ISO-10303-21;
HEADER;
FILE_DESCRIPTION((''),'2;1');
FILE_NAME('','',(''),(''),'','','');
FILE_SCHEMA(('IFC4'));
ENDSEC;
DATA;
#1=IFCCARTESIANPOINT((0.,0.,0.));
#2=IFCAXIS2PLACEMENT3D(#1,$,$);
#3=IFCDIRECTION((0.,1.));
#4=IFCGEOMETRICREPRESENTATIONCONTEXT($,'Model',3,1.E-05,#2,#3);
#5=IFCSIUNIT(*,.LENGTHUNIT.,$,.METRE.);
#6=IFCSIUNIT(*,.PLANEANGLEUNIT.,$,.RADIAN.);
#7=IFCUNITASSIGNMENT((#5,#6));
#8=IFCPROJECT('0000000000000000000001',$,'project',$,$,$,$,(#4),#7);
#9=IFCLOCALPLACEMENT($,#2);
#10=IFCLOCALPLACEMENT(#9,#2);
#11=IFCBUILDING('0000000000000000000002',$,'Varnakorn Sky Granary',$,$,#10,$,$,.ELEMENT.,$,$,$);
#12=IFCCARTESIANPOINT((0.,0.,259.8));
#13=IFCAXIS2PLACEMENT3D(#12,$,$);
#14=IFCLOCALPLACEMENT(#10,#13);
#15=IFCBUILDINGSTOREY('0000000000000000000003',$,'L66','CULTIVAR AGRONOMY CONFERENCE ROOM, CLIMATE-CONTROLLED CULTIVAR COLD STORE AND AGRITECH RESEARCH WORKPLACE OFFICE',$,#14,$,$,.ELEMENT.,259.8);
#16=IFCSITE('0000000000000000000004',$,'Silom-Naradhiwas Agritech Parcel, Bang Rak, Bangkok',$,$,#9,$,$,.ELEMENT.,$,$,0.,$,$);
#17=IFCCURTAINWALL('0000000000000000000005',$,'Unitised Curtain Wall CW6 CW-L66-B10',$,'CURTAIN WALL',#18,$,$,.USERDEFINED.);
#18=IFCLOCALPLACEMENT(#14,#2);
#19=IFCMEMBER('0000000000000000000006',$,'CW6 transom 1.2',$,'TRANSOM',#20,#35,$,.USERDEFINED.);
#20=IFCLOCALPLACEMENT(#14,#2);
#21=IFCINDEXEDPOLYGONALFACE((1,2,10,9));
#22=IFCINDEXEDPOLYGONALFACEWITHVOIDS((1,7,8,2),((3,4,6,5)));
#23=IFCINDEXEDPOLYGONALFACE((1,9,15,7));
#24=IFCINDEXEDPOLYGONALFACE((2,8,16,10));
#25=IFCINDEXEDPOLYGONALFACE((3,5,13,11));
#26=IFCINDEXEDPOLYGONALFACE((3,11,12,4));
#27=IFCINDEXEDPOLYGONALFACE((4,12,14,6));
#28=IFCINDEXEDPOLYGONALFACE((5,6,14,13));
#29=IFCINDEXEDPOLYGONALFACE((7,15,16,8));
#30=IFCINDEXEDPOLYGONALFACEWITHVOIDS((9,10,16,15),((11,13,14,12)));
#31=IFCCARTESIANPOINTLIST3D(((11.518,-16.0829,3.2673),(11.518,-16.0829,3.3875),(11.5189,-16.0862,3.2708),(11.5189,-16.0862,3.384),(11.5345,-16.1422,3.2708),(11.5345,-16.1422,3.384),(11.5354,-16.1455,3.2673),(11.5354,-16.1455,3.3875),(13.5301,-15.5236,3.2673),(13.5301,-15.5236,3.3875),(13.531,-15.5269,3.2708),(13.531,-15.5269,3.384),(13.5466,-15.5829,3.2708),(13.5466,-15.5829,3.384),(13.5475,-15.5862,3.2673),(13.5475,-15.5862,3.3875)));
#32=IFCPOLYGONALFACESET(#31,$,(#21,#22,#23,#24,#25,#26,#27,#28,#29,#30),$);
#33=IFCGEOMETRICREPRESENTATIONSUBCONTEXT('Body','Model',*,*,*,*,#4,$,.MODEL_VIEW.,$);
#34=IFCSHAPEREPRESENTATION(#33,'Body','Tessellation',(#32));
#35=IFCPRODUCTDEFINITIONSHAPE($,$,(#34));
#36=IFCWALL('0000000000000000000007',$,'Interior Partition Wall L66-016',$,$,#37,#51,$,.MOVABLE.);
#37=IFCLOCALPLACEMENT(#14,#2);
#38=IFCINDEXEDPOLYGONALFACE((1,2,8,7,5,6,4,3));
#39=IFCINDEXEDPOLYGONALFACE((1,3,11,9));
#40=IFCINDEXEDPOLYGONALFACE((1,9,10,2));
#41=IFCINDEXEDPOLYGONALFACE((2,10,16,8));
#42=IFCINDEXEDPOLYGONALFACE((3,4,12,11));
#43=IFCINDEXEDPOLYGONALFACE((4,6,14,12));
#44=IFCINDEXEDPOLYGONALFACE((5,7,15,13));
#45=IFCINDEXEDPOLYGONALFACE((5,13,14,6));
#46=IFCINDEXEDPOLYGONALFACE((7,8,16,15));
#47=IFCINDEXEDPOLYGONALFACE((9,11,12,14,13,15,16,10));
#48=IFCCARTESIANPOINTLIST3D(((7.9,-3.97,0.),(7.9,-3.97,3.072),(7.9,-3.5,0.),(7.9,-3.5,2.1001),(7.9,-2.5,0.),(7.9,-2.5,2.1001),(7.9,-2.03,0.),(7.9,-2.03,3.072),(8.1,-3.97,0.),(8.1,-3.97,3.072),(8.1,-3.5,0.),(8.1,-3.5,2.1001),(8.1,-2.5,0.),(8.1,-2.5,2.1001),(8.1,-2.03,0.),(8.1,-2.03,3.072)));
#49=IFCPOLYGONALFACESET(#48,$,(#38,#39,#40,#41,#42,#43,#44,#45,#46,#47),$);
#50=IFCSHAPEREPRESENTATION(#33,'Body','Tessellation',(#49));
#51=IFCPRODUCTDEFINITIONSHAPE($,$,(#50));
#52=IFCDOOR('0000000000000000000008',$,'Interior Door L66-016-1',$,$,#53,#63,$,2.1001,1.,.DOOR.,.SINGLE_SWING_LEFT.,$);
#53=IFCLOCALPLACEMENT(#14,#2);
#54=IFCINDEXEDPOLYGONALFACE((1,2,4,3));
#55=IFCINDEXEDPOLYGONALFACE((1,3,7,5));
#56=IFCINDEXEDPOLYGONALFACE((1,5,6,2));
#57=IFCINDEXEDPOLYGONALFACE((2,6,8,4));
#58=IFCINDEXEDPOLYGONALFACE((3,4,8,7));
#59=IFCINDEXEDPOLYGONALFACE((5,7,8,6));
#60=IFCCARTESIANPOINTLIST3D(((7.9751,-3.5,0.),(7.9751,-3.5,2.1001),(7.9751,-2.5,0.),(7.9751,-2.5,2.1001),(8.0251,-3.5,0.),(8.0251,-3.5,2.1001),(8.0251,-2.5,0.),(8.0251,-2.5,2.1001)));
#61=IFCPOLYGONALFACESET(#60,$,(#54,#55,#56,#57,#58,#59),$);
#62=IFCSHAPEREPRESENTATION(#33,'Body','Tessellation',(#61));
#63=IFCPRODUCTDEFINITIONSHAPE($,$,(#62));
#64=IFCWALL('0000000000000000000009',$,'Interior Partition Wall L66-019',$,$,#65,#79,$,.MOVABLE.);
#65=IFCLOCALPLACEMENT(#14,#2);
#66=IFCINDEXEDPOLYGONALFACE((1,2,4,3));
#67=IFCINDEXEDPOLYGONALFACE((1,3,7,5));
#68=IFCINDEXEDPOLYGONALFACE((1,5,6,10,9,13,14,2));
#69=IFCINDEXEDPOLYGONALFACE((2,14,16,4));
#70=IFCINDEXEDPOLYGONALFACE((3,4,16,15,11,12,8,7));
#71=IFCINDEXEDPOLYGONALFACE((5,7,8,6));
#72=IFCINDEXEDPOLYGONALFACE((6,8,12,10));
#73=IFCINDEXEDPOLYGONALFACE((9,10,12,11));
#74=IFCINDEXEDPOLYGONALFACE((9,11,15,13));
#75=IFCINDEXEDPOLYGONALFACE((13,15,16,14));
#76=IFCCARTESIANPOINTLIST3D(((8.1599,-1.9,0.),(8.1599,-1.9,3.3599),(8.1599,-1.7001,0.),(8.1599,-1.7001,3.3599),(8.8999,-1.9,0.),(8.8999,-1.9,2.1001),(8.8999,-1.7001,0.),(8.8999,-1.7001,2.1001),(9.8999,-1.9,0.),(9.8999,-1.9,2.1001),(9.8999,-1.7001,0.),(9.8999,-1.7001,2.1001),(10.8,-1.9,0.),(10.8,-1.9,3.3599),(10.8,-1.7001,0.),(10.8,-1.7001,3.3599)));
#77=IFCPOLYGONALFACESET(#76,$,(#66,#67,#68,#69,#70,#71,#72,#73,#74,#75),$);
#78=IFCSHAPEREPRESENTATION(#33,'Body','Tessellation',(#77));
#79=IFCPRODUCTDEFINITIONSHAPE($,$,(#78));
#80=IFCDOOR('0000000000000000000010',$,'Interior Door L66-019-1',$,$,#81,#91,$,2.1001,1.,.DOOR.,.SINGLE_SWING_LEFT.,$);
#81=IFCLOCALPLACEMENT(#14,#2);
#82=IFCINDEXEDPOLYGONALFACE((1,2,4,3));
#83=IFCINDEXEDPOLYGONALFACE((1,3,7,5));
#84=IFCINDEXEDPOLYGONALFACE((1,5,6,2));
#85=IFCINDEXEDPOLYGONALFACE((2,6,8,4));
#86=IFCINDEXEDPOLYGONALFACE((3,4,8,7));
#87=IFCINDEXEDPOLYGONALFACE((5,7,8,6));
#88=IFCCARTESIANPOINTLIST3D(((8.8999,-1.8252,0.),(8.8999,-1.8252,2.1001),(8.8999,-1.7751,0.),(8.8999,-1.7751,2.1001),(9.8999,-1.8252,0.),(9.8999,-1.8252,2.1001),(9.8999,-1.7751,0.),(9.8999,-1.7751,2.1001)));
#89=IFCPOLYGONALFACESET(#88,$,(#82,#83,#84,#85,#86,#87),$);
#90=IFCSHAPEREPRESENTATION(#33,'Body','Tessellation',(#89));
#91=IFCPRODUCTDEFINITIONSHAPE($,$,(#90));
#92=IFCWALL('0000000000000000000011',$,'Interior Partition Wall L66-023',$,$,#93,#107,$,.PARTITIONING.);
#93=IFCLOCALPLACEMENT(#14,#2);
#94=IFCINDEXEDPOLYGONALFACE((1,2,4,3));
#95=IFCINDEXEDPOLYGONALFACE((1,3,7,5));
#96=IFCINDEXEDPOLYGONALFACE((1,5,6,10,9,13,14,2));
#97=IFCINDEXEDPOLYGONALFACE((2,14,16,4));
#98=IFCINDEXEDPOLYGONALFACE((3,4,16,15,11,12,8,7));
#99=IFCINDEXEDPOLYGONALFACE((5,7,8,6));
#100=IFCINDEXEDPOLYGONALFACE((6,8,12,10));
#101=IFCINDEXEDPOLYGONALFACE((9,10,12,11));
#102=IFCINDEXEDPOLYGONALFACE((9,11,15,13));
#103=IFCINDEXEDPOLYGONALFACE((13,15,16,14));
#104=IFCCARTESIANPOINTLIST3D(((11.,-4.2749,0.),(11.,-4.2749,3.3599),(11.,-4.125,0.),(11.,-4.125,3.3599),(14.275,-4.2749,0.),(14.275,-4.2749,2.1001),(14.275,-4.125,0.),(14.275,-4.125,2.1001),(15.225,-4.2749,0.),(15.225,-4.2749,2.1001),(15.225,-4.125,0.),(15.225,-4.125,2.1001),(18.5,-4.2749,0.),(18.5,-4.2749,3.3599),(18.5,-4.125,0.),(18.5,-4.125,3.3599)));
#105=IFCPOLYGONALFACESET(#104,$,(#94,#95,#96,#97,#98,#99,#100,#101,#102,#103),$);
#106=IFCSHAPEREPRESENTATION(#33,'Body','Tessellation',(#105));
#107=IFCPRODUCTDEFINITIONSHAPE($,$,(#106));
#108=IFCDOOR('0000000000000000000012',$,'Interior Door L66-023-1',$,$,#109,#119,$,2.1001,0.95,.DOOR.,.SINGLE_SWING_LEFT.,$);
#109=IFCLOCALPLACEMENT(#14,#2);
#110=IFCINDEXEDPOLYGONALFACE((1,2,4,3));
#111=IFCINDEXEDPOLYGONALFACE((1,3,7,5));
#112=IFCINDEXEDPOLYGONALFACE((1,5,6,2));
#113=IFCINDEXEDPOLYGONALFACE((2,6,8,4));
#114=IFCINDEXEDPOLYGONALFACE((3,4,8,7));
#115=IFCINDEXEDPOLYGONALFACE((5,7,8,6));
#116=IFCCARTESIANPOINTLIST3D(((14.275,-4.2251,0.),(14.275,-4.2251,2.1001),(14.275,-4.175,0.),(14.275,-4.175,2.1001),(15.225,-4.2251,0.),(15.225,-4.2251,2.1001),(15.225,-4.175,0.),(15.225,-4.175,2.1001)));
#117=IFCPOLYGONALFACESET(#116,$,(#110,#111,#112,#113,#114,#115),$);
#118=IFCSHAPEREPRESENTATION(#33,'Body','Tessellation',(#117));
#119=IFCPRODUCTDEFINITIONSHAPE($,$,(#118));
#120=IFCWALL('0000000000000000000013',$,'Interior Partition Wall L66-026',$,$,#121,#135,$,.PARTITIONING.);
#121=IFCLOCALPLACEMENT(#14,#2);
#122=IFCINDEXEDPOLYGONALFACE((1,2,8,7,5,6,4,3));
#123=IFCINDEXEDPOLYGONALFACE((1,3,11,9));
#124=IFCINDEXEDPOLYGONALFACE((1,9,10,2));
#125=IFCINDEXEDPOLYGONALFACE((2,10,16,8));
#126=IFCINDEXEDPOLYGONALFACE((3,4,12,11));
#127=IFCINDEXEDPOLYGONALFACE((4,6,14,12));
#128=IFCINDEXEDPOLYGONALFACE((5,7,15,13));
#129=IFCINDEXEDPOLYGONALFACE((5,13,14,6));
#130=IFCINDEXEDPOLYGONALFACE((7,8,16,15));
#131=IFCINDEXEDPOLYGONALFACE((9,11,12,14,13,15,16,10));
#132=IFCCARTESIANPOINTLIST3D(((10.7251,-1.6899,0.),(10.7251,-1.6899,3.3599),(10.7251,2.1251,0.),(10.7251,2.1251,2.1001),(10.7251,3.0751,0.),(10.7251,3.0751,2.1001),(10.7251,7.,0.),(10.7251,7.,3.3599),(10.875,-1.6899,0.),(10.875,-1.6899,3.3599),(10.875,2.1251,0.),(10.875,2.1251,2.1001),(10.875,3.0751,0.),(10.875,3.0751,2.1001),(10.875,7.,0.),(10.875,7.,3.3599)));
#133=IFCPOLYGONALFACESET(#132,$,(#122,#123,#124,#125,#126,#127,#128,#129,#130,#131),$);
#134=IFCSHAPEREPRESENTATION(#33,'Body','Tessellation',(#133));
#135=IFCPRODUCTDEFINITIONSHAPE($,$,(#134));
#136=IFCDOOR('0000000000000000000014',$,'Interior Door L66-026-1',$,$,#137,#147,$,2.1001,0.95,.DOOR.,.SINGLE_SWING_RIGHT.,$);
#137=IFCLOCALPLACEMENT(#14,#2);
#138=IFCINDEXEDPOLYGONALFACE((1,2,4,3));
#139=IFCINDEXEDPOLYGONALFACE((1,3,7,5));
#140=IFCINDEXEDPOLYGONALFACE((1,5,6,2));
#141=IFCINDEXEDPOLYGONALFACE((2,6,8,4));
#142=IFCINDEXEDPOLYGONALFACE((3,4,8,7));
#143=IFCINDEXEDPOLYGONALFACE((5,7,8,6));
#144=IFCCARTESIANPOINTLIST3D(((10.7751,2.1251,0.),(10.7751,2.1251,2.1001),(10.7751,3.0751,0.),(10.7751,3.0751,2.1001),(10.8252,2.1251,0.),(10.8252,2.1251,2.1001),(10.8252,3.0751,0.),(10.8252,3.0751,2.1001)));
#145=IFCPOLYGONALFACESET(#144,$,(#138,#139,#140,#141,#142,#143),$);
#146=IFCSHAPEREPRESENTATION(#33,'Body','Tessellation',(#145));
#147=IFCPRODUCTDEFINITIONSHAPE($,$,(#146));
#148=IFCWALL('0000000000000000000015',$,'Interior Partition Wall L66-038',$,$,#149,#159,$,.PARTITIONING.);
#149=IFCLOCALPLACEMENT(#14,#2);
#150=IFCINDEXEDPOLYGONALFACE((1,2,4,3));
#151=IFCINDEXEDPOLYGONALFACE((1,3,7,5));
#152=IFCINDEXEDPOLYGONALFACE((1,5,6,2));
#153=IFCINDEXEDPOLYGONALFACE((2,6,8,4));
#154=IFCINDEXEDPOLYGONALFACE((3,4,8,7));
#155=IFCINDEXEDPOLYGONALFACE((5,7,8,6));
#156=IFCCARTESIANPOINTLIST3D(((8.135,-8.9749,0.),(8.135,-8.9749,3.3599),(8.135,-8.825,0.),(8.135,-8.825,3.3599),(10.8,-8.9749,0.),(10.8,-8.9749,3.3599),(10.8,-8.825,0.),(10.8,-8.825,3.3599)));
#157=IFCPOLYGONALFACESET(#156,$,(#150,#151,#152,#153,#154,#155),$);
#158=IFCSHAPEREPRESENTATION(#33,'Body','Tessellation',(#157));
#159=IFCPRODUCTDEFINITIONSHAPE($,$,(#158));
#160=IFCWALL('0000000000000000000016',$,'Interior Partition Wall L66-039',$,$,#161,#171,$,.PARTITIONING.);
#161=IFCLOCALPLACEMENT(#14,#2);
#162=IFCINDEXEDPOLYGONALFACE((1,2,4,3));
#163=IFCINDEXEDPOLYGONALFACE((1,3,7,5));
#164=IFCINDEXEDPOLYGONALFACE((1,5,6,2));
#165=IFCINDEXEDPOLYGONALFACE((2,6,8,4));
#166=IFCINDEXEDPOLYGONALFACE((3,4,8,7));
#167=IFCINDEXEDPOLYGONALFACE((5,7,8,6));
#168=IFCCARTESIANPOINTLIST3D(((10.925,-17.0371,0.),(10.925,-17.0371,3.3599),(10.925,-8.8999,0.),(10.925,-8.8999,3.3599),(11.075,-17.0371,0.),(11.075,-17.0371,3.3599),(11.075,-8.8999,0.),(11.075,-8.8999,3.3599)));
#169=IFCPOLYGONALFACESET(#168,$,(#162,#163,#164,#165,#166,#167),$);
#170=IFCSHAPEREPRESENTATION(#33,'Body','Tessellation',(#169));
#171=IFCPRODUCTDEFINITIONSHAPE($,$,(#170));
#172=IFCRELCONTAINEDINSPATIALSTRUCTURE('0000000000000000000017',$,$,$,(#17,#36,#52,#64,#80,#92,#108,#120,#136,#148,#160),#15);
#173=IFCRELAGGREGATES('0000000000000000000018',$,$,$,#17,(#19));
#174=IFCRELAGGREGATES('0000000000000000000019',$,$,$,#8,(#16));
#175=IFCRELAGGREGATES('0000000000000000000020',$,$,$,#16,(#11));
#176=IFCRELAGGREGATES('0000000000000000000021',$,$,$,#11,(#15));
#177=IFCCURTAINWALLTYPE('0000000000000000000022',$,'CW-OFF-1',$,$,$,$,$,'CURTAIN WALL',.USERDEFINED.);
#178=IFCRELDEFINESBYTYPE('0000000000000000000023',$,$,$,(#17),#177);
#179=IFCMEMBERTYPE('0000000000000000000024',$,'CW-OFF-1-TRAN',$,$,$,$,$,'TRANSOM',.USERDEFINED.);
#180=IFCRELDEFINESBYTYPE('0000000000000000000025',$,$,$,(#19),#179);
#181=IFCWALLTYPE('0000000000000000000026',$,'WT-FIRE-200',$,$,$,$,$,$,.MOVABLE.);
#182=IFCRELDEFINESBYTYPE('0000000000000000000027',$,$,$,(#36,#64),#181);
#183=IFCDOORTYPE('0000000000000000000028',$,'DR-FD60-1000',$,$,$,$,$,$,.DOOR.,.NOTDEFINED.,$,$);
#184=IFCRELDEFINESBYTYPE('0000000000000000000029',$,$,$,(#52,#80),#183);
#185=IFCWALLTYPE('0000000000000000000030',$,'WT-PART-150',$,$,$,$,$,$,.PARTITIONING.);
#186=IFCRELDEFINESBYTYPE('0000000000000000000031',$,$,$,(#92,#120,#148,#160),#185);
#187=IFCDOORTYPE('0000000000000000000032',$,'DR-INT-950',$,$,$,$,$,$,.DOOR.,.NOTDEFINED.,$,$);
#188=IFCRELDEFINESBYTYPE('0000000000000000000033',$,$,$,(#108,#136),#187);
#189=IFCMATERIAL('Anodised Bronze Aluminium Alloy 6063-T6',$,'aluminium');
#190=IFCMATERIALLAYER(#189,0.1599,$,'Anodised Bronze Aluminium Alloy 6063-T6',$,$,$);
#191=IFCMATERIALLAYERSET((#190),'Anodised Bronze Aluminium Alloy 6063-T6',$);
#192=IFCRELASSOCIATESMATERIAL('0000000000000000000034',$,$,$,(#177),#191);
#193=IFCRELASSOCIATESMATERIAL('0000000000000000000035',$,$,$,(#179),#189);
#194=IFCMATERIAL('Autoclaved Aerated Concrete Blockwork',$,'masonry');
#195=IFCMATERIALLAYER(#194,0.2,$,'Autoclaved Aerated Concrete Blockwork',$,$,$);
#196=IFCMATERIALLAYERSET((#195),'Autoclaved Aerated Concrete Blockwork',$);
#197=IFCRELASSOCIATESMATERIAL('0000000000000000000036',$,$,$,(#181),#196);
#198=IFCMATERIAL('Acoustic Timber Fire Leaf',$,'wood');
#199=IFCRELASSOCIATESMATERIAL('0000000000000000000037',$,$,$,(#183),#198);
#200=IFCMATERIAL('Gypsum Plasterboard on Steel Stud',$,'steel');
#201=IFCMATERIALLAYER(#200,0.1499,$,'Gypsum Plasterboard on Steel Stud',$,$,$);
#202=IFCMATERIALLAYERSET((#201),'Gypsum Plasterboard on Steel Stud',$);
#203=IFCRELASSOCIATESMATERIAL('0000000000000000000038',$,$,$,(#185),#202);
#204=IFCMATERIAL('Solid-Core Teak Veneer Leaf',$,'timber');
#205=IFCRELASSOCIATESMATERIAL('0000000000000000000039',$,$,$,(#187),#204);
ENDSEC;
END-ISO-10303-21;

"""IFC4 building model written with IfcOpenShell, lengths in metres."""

from ifc_helpers import new_model, si_unit, direction, frame, frame_2d, origin, origin_2d, place, context, subcontext, project, spatial, rectangle, hollow_rectangle, extrude, material, layer, layer_set, material_profile, profile_set, type_object, element, fill, aggregate, save


model = new_model("IFC4")

# Units and contexts
model_context = context("Model", 3, precision=1e-05, world=origin(), true_north=direction((0.0, 1.0)))
body_context = subcontext(model_context, "Body", "Model", "MODEL_VIEW")
ifc_project = project(units=[si_unit("LENGTHUNIT", "METRE"), si_unit("PLANEANGLEUNIT", "RADIAN")], contexts=[model_context])

# Site, building, storey
site_placement = place(None, origin())
site = spatial("IfcSite", under=ifc_project, at=site_placement, Name="Silom-Naradhiwas Agritech Parcel, Bang Rak, Bangkok", CompositionType="ELEMENT", RefElevation=0.0)
building_placement = place(site_placement, origin())
building = spatial("IfcBuilding", under=site, at=building_placement, Name="Varnakorn Sky Granary", CompositionType="ELEMENT")
storey_placement = place(building_placement, frame((0.0, 0.0, 259.8)))
storey = spatial("IfcBuildingStorey", under=building, at=storey_placement, Name="L66", Description="CULTIVAR AGRONOMY CONFERENCE ROOM, CLIMATE-CONTROLLED CULTIVAR COLD STORE AND AGRITECH RESEARCH WORKPLACE OFFICE", CompositionType="ELEMENT", Elevation=259.8)

# Curtain wall, member
ifc_material_1 = material(Name="Anodised Bronze Aluminium Alloy 6063-T6", Category="aluminium")
ifc_layer_1 = layer(ifc_material_1, 0.1599, Name="Anodised Bronze Aluminium Alloy 6063-T6")
ifc_layer_set_1 = layer_set([ifc_layer_1], Name="Anodised Bronze Aluminium Alloy 6063-T6")
curtain_wall_type = type_object("IfcCurtainWallType", Name="CW-OFF-1", ElementType="CURTAIN WALL", PredefinedType="USERDEFINED", material=ifc_layer_set_1)
curtain_wall_placement = place(storey_placement, origin())
curtain_wall = element("IfcCurtainWall", 1, at=curtain_wall_placement, inside=storey, type_object=curtain_wall_type, Name="Unitised Curtain Wall CW6 CW-L66-B10", ObjectType="CURTAIN WALL", PredefinedType="USERDEFINED")
ifc_material_profile_1 = material_profile(ifc_material_1, hollow_rectangle(XDim=0.0649, YDim=0.1201, WallThickness=0.0034, at=origin_2d()), Name="ALU TRAN 65x120")
ifc_profile_set_1 = profile_set([ifc_material_profile_1], Name="Anodised Bronze Aluminium Alloy 6063-T6")
member_type = type_object("IfcMemberType", Name="CW-OFF-1-TRAN", ElementType="TRANSOM", PredefinedType="USERDEFINED", material=ifc_profile_set_1)
member_1_placement = place(storey_placement, frame((13.5388, -15.5549, 3.3274), z_axis=(-0.963471, -0.267813, 0.0), x_axis=(0.267813, -0.963471, 0.0)))
member_1 = element("IfcMember", 2, at=member_1_placement, type_object=member_type, Name="CW6 transom 1.2", ObjectType="TRANSOM", PredefinedType="USERDEFINED", context=body_context, shape_type="SweptSolid", body=[
    extrude(hollow_rectangle(XDim=0.0649, YDim=0.1201, WallThickness=0.0034, at=origin_2d()), origin(), (0.0, 0.0, 1.0), 2.0884),
])
aggregate(curtain_wall, [member_1])

# Walls, openings, doors
ifc_material_2 = material(Name="Autoclaved Aerated Concrete Blockwork", Category="masonry")
ifc_layer_2 = layer(ifc_material_2, 0.2, Name="Autoclaved Aerated Concrete Blockwork")
ifc_layer_set_2 = layer_set([ifc_layer_2], Name="Autoclaved Aerated Concrete Blockwork")
wall_type_1 = type_object("IfcWallType", Name="WT-FIRE-200", PredefinedType="MOVABLE", material=ifc_layer_set_2)
wall_1_placement = place(storey_placement, frame((8.0, -3.97, 0.0), z_axis=(0.0, 0.0, 1.0), x_axis=(0.0, 1.0, 0.0)))
wall_1 = element("IfcWall", 3, at=wall_1_placement, inside=storey, type_object=wall_type_1, Name="Interior Partition Wall L66-016", PredefinedType="MOVABLE", context=body_context, shape_type="SweptSolid", body=[
    extrude(rectangle(XDim=1.9399, YDim=0.2, at=frame_2d((0.97, 0.0))), origin(), (0.0, 0.0, 1.0), 3.072),
])
opening_1_placement = place(wall_1_placement, frame((0.47, 0.0, 0.0)))
opening_1 = element("IfcOpeningElement", 4, at=opening_1_placement, cuts=wall_1, PredefinedType="OPENING", context=body_context, shape_type="SweptSolid", body=[
    extrude(rectangle(XDim=1.0, YDim=2.1001, at=frame_2d((0.5, 1.05))), frame((0.0, 0.1099, 0.0), z_axis=(0.0, -1.0, 0.0), x_axis=(1.0, 0.0, 0.0)), (0.0, 0.0, 1.0), 0.22),
])
ifc_material_3 = material(Name="Acoustic Timber Fire Leaf", Category="wood")
door_type_1 = type_object("IfcDoorType", Name="DR-FD60-1000", OperationType="NOTDEFINED", PredefinedType="DOOR", material=ifc_material_3)
door_1_placement = place(opening_1_placement, origin())
door_1 = element("IfcDoor", 5, at=door_1_placement, inside=storey, type_object=door_type_1, Name="Interior Door L66-016-1", OperationType="SINGLE_SWING_LEFT", OverallHeight=2.1001, OverallWidth=1.0, PredefinedType="DOOR", context=body_context, shape_type="SweptSolid", body=[
    extrude(rectangle(XDim=1.0, YDim=2.1001, at=frame_2d((0.5, 1.05))), frame((0.0, 0.0249, 0.0), z_axis=(0.0, -1.0, 0.0), x_axis=(1.0, 0.0, 0.0)), (0.0, 0.0, 1.0), 0.05),
])
fill(opening_1, door_1)
wall_2_placement = place(storey_placement, frame((8.1599, -1.8, 0.0), z_axis=(0.0, 0.0, 1.0), x_axis=(1.0, 0.0, 0.0)))
wall_2 = element("IfcWall", 6, at=wall_2_placement, inside=storey, type_object=wall_type_1, Name="Interior Partition Wall L66-019", PredefinedType="MOVABLE", context=body_context, shape_type="SweptSolid", body=[
    extrude(rectangle(XDim=2.6401, YDim=0.2, at=frame_2d((1.3201, 0.0))), origin(), (0.0, 0.0, 1.0), 3.3599),
])
opening_2_placement = place(wall_2_placement, frame((0.74, 0.0, 0.0)))
opening_2 = element("IfcOpeningElement", 7, at=opening_2_placement, cuts=wall_2, PredefinedType="OPENING", context=body_context, shape_type="SweptSolid", body=[
    extrude(rectangle(XDim=1.0, YDim=2.1001, at=frame_2d((0.5, 1.05))), frame((0.0, 0.1099, 0.0), z_axis=(0.0, -1.0, 0.0), x_axis=(1.0, 0.0, 0.0)), (0.0, 0.0, 1.0), 0.22),
])
door_2_placement = place(opening_2_placement, origin())
door_2 = element("IfcDoor", 8, at=door_2_placement, inside=storey, type_object=door_type_1, Name="Interior Door L66-019-1", OperationType="SINGLE_SWING_LEFT", OverallHeight=2.1001, OverallWidth=1.0, PredefinedType="DOOR", context=body_context, shape_type="SweptSolid", body=[
    extrude(rectangle(XDim=1.0, YDim=2.1001, at=frame_2d((0.5, 1.05))), frame((0.0, 0.0249, 0.0), z_axis=(0.0, -1.0, 0.0), x_axis=(1.0, 0.0, 0.0)), (0.0, 0.0, 1.0), 0.05),
])
fill(opening_2, door_2)
ifc_material_4 = material(Name="Gypsum Plasterboard on Steel Stud", Category="steel")
ifc_layer_3 = layer(ifc_material_4, 0.1499, Name="Gypsum Plasterboard on Steel Stud")
ifc_layer_set_3 = layer_set([ifc_layer_3], Name="Gypsum Plasterboard on Steel Stud")
wall_type_2 = type_object("IfcWallType", Name="WT-PART-150", PredefinedType="PARTITIONING", material=ifc_layer_set_3)
wall_3_placement = place(storey_placement, frame((11.0, -4.2, 0.0), z_axis=(0.0, 0.0, 1.0), x_axis=(1.0, 0.0, 0.0)))
wall_3 = element("IfcWall", 9, at=wall_3_placement, inside=storey, type_object=wall_type_2, Name="Interior Partition Wall L66-023", PredefinedType="PARTITIONING", context=body_context, shape_type="SweptSolid", body=[
    extrude(rectangle(XDim=7.5, YDim=0.1499, at=frame_2d((3.75, 0.0))), origin(), (0.0, 0.0, 1.0), 3.3599),
])
opening_3_placement = place(wall_3_placement, frame((3.2749, 0.0, 0.0)))
opening_3 = element("IfcOpeningElement", 10, at=opening_3_placement, cuts=wall_3, PredefinedType="OPENING", context=body_context, shape_type="SweptSolid", body=[
    extrude(rectangle(XDim=0.95, YDim=2.1001, at=frame_2d((0.4751, 1.05))), frame((0.0, 0.085, 0.0), z_axis=(0.0, -1.0, 0.0), x_axis=(1.0, 0.0, 0.0)), (0.0, 0.0, 1.0), 0.1699),
])
ifc_material_5 = material(Name="Solid-Core Teak Veneer Leaf", Category="timber")
door_type_2 = type_object("IfcDoorType", Name="DR-INT-950", OperationType="NOTDEFINED", PredefinedType="DOOR", material=ifc_material_5)
door_3_placement = place(opening_3_placement, origin())
door_3 = element("IfcDoor", 11, at=door_3_placement, inside=storey, type_object=door_type_2, Name="Interior Door L66-023-1", OperationType="SINGLE_SWING_LEFT", OverallHeight=2.1001, OverallWidth=0.95, PredefinedType="DOOR", context=body_context, shape_type="SweptSolid", body=[
    extrude(rectangle(XDim=0.95, YDim=2.1001, at=frame_2d((0.4751, 1.05))), frame((0.0, 0.0249, 0.0), z_axis=(0.0, -1.0, 0.0), x_axis=(1.0, 0.0, 0.0)), (0.0, 0.0, 1.0), 0.05),
])
fill(opening_3, door_3)
wall_4_placement = place(storey_placement, frame((10.8, -1.6899, 0.0), z_axis=(0.0, 0.0, 1.0), x_axis=(0.0, 1.0, 0.0)))
wall_4 = element("IfcWall", 12, at=wall_4_placement, inside=storey, type_object=wall_type_2, Name="Interior Partition Wall L66-026", PredefinedType="PARTITIONING", context=body_context, shape_type="SweptSolid", body=[
    extrude(rectangle(XDim=8.6899, YDim=0.1499, at=frame_2d((4.345, 0.0))), origin(), (0.0, 0.0, 1.0), 3.3599),
])
opening_4_placement = place(wall_4_placement, frame((3.8149, 0.0, 0.0)))
opening_4 = element("IfcOpeningElement", 13, at=opening_4_placement, cuts=wall_4, PredefinedType="OPENING", context=body_context, shape_type="SweptSolid", body=[
    extrude(rectangle(XDim=0.95, YDim=2.1001, at=frame_2d((0.4751, 1.05))), frame((0.0, 0.085, 0.0), z_axis=(0.0, -1.0, 0.0), x_axis=(1.0, 0.0, 0.0)), (0.0, 0.0, 1.0), 0.1699),
])
door_4_placement = place(opening_4_placement, origin())
door_4 = element("IfcDoor", 14, at=door_4_placement, inside=storey, type_object=door_type_2, Name="Interior Door L66-026-1", OperationType="SINGLE_SWING_RIGHT", OverallHeight=2.1001, OverallWidth=0.95, PredefinedType="DOOR", context=body_context, shape_type="SweptSolid", body=[
    extrude(rectangle(XDim=0.95, YDim=2.1001, at=frame_2d((0.4751, 1.05))), frame((0.0, 0.0249, 0.0), z_axis=(0.0, -1.0, 0.0), x_axis=(1.0, 0.0, 0.0)), (0.0, 0.0, 1.0), 0.05),
])
fill(opening_4, door_4)

# Walls
wall_5_placement = place(storey_placement, frame((8.135, -8.8999, 0.0), z_axis=(0.0, 0.0, 1.0), x_axis=(1.0, 0.0, 0.0)))
element("IfcWall", 15, at=wall_5_placement, inside=storey, type_object=wall_type_2, Name="Interior Partition Wall L66-038", PredefinedType="PARTITIONING", context=body_context, shape_type="SweptSolid", body=[
    extrude(rectangle(XDim=2.665, YDim=0.1499, at=frame_2d((1.3325, 0.0))), origin(), (0.0, 0.0, 1.0), 3.3599),
])
wall_6_placement = place(storey_placement, frame((11.0, -8.8999, 0.0), z_axis=(0.0, 0.0, 1.0), x_axis=(0.0, -1.0, 0.0)))
element("IfcWall", 16, at=wall_6_placement, inside=storey, type_object=wall_type_2, Name="Interior Partition Wall L66-039", PredefinedType="PARTITIONING", context=body_context, shape_type="SweptSolid", body=[
    extrude(rectangle(XDim=8.1372, YDim=0.1499, at=frame_2d((4.0686, 0.0))), origin(), (0.0, 0.0, 1.0), 3.3599),
])

save(model, "model.ifc")
